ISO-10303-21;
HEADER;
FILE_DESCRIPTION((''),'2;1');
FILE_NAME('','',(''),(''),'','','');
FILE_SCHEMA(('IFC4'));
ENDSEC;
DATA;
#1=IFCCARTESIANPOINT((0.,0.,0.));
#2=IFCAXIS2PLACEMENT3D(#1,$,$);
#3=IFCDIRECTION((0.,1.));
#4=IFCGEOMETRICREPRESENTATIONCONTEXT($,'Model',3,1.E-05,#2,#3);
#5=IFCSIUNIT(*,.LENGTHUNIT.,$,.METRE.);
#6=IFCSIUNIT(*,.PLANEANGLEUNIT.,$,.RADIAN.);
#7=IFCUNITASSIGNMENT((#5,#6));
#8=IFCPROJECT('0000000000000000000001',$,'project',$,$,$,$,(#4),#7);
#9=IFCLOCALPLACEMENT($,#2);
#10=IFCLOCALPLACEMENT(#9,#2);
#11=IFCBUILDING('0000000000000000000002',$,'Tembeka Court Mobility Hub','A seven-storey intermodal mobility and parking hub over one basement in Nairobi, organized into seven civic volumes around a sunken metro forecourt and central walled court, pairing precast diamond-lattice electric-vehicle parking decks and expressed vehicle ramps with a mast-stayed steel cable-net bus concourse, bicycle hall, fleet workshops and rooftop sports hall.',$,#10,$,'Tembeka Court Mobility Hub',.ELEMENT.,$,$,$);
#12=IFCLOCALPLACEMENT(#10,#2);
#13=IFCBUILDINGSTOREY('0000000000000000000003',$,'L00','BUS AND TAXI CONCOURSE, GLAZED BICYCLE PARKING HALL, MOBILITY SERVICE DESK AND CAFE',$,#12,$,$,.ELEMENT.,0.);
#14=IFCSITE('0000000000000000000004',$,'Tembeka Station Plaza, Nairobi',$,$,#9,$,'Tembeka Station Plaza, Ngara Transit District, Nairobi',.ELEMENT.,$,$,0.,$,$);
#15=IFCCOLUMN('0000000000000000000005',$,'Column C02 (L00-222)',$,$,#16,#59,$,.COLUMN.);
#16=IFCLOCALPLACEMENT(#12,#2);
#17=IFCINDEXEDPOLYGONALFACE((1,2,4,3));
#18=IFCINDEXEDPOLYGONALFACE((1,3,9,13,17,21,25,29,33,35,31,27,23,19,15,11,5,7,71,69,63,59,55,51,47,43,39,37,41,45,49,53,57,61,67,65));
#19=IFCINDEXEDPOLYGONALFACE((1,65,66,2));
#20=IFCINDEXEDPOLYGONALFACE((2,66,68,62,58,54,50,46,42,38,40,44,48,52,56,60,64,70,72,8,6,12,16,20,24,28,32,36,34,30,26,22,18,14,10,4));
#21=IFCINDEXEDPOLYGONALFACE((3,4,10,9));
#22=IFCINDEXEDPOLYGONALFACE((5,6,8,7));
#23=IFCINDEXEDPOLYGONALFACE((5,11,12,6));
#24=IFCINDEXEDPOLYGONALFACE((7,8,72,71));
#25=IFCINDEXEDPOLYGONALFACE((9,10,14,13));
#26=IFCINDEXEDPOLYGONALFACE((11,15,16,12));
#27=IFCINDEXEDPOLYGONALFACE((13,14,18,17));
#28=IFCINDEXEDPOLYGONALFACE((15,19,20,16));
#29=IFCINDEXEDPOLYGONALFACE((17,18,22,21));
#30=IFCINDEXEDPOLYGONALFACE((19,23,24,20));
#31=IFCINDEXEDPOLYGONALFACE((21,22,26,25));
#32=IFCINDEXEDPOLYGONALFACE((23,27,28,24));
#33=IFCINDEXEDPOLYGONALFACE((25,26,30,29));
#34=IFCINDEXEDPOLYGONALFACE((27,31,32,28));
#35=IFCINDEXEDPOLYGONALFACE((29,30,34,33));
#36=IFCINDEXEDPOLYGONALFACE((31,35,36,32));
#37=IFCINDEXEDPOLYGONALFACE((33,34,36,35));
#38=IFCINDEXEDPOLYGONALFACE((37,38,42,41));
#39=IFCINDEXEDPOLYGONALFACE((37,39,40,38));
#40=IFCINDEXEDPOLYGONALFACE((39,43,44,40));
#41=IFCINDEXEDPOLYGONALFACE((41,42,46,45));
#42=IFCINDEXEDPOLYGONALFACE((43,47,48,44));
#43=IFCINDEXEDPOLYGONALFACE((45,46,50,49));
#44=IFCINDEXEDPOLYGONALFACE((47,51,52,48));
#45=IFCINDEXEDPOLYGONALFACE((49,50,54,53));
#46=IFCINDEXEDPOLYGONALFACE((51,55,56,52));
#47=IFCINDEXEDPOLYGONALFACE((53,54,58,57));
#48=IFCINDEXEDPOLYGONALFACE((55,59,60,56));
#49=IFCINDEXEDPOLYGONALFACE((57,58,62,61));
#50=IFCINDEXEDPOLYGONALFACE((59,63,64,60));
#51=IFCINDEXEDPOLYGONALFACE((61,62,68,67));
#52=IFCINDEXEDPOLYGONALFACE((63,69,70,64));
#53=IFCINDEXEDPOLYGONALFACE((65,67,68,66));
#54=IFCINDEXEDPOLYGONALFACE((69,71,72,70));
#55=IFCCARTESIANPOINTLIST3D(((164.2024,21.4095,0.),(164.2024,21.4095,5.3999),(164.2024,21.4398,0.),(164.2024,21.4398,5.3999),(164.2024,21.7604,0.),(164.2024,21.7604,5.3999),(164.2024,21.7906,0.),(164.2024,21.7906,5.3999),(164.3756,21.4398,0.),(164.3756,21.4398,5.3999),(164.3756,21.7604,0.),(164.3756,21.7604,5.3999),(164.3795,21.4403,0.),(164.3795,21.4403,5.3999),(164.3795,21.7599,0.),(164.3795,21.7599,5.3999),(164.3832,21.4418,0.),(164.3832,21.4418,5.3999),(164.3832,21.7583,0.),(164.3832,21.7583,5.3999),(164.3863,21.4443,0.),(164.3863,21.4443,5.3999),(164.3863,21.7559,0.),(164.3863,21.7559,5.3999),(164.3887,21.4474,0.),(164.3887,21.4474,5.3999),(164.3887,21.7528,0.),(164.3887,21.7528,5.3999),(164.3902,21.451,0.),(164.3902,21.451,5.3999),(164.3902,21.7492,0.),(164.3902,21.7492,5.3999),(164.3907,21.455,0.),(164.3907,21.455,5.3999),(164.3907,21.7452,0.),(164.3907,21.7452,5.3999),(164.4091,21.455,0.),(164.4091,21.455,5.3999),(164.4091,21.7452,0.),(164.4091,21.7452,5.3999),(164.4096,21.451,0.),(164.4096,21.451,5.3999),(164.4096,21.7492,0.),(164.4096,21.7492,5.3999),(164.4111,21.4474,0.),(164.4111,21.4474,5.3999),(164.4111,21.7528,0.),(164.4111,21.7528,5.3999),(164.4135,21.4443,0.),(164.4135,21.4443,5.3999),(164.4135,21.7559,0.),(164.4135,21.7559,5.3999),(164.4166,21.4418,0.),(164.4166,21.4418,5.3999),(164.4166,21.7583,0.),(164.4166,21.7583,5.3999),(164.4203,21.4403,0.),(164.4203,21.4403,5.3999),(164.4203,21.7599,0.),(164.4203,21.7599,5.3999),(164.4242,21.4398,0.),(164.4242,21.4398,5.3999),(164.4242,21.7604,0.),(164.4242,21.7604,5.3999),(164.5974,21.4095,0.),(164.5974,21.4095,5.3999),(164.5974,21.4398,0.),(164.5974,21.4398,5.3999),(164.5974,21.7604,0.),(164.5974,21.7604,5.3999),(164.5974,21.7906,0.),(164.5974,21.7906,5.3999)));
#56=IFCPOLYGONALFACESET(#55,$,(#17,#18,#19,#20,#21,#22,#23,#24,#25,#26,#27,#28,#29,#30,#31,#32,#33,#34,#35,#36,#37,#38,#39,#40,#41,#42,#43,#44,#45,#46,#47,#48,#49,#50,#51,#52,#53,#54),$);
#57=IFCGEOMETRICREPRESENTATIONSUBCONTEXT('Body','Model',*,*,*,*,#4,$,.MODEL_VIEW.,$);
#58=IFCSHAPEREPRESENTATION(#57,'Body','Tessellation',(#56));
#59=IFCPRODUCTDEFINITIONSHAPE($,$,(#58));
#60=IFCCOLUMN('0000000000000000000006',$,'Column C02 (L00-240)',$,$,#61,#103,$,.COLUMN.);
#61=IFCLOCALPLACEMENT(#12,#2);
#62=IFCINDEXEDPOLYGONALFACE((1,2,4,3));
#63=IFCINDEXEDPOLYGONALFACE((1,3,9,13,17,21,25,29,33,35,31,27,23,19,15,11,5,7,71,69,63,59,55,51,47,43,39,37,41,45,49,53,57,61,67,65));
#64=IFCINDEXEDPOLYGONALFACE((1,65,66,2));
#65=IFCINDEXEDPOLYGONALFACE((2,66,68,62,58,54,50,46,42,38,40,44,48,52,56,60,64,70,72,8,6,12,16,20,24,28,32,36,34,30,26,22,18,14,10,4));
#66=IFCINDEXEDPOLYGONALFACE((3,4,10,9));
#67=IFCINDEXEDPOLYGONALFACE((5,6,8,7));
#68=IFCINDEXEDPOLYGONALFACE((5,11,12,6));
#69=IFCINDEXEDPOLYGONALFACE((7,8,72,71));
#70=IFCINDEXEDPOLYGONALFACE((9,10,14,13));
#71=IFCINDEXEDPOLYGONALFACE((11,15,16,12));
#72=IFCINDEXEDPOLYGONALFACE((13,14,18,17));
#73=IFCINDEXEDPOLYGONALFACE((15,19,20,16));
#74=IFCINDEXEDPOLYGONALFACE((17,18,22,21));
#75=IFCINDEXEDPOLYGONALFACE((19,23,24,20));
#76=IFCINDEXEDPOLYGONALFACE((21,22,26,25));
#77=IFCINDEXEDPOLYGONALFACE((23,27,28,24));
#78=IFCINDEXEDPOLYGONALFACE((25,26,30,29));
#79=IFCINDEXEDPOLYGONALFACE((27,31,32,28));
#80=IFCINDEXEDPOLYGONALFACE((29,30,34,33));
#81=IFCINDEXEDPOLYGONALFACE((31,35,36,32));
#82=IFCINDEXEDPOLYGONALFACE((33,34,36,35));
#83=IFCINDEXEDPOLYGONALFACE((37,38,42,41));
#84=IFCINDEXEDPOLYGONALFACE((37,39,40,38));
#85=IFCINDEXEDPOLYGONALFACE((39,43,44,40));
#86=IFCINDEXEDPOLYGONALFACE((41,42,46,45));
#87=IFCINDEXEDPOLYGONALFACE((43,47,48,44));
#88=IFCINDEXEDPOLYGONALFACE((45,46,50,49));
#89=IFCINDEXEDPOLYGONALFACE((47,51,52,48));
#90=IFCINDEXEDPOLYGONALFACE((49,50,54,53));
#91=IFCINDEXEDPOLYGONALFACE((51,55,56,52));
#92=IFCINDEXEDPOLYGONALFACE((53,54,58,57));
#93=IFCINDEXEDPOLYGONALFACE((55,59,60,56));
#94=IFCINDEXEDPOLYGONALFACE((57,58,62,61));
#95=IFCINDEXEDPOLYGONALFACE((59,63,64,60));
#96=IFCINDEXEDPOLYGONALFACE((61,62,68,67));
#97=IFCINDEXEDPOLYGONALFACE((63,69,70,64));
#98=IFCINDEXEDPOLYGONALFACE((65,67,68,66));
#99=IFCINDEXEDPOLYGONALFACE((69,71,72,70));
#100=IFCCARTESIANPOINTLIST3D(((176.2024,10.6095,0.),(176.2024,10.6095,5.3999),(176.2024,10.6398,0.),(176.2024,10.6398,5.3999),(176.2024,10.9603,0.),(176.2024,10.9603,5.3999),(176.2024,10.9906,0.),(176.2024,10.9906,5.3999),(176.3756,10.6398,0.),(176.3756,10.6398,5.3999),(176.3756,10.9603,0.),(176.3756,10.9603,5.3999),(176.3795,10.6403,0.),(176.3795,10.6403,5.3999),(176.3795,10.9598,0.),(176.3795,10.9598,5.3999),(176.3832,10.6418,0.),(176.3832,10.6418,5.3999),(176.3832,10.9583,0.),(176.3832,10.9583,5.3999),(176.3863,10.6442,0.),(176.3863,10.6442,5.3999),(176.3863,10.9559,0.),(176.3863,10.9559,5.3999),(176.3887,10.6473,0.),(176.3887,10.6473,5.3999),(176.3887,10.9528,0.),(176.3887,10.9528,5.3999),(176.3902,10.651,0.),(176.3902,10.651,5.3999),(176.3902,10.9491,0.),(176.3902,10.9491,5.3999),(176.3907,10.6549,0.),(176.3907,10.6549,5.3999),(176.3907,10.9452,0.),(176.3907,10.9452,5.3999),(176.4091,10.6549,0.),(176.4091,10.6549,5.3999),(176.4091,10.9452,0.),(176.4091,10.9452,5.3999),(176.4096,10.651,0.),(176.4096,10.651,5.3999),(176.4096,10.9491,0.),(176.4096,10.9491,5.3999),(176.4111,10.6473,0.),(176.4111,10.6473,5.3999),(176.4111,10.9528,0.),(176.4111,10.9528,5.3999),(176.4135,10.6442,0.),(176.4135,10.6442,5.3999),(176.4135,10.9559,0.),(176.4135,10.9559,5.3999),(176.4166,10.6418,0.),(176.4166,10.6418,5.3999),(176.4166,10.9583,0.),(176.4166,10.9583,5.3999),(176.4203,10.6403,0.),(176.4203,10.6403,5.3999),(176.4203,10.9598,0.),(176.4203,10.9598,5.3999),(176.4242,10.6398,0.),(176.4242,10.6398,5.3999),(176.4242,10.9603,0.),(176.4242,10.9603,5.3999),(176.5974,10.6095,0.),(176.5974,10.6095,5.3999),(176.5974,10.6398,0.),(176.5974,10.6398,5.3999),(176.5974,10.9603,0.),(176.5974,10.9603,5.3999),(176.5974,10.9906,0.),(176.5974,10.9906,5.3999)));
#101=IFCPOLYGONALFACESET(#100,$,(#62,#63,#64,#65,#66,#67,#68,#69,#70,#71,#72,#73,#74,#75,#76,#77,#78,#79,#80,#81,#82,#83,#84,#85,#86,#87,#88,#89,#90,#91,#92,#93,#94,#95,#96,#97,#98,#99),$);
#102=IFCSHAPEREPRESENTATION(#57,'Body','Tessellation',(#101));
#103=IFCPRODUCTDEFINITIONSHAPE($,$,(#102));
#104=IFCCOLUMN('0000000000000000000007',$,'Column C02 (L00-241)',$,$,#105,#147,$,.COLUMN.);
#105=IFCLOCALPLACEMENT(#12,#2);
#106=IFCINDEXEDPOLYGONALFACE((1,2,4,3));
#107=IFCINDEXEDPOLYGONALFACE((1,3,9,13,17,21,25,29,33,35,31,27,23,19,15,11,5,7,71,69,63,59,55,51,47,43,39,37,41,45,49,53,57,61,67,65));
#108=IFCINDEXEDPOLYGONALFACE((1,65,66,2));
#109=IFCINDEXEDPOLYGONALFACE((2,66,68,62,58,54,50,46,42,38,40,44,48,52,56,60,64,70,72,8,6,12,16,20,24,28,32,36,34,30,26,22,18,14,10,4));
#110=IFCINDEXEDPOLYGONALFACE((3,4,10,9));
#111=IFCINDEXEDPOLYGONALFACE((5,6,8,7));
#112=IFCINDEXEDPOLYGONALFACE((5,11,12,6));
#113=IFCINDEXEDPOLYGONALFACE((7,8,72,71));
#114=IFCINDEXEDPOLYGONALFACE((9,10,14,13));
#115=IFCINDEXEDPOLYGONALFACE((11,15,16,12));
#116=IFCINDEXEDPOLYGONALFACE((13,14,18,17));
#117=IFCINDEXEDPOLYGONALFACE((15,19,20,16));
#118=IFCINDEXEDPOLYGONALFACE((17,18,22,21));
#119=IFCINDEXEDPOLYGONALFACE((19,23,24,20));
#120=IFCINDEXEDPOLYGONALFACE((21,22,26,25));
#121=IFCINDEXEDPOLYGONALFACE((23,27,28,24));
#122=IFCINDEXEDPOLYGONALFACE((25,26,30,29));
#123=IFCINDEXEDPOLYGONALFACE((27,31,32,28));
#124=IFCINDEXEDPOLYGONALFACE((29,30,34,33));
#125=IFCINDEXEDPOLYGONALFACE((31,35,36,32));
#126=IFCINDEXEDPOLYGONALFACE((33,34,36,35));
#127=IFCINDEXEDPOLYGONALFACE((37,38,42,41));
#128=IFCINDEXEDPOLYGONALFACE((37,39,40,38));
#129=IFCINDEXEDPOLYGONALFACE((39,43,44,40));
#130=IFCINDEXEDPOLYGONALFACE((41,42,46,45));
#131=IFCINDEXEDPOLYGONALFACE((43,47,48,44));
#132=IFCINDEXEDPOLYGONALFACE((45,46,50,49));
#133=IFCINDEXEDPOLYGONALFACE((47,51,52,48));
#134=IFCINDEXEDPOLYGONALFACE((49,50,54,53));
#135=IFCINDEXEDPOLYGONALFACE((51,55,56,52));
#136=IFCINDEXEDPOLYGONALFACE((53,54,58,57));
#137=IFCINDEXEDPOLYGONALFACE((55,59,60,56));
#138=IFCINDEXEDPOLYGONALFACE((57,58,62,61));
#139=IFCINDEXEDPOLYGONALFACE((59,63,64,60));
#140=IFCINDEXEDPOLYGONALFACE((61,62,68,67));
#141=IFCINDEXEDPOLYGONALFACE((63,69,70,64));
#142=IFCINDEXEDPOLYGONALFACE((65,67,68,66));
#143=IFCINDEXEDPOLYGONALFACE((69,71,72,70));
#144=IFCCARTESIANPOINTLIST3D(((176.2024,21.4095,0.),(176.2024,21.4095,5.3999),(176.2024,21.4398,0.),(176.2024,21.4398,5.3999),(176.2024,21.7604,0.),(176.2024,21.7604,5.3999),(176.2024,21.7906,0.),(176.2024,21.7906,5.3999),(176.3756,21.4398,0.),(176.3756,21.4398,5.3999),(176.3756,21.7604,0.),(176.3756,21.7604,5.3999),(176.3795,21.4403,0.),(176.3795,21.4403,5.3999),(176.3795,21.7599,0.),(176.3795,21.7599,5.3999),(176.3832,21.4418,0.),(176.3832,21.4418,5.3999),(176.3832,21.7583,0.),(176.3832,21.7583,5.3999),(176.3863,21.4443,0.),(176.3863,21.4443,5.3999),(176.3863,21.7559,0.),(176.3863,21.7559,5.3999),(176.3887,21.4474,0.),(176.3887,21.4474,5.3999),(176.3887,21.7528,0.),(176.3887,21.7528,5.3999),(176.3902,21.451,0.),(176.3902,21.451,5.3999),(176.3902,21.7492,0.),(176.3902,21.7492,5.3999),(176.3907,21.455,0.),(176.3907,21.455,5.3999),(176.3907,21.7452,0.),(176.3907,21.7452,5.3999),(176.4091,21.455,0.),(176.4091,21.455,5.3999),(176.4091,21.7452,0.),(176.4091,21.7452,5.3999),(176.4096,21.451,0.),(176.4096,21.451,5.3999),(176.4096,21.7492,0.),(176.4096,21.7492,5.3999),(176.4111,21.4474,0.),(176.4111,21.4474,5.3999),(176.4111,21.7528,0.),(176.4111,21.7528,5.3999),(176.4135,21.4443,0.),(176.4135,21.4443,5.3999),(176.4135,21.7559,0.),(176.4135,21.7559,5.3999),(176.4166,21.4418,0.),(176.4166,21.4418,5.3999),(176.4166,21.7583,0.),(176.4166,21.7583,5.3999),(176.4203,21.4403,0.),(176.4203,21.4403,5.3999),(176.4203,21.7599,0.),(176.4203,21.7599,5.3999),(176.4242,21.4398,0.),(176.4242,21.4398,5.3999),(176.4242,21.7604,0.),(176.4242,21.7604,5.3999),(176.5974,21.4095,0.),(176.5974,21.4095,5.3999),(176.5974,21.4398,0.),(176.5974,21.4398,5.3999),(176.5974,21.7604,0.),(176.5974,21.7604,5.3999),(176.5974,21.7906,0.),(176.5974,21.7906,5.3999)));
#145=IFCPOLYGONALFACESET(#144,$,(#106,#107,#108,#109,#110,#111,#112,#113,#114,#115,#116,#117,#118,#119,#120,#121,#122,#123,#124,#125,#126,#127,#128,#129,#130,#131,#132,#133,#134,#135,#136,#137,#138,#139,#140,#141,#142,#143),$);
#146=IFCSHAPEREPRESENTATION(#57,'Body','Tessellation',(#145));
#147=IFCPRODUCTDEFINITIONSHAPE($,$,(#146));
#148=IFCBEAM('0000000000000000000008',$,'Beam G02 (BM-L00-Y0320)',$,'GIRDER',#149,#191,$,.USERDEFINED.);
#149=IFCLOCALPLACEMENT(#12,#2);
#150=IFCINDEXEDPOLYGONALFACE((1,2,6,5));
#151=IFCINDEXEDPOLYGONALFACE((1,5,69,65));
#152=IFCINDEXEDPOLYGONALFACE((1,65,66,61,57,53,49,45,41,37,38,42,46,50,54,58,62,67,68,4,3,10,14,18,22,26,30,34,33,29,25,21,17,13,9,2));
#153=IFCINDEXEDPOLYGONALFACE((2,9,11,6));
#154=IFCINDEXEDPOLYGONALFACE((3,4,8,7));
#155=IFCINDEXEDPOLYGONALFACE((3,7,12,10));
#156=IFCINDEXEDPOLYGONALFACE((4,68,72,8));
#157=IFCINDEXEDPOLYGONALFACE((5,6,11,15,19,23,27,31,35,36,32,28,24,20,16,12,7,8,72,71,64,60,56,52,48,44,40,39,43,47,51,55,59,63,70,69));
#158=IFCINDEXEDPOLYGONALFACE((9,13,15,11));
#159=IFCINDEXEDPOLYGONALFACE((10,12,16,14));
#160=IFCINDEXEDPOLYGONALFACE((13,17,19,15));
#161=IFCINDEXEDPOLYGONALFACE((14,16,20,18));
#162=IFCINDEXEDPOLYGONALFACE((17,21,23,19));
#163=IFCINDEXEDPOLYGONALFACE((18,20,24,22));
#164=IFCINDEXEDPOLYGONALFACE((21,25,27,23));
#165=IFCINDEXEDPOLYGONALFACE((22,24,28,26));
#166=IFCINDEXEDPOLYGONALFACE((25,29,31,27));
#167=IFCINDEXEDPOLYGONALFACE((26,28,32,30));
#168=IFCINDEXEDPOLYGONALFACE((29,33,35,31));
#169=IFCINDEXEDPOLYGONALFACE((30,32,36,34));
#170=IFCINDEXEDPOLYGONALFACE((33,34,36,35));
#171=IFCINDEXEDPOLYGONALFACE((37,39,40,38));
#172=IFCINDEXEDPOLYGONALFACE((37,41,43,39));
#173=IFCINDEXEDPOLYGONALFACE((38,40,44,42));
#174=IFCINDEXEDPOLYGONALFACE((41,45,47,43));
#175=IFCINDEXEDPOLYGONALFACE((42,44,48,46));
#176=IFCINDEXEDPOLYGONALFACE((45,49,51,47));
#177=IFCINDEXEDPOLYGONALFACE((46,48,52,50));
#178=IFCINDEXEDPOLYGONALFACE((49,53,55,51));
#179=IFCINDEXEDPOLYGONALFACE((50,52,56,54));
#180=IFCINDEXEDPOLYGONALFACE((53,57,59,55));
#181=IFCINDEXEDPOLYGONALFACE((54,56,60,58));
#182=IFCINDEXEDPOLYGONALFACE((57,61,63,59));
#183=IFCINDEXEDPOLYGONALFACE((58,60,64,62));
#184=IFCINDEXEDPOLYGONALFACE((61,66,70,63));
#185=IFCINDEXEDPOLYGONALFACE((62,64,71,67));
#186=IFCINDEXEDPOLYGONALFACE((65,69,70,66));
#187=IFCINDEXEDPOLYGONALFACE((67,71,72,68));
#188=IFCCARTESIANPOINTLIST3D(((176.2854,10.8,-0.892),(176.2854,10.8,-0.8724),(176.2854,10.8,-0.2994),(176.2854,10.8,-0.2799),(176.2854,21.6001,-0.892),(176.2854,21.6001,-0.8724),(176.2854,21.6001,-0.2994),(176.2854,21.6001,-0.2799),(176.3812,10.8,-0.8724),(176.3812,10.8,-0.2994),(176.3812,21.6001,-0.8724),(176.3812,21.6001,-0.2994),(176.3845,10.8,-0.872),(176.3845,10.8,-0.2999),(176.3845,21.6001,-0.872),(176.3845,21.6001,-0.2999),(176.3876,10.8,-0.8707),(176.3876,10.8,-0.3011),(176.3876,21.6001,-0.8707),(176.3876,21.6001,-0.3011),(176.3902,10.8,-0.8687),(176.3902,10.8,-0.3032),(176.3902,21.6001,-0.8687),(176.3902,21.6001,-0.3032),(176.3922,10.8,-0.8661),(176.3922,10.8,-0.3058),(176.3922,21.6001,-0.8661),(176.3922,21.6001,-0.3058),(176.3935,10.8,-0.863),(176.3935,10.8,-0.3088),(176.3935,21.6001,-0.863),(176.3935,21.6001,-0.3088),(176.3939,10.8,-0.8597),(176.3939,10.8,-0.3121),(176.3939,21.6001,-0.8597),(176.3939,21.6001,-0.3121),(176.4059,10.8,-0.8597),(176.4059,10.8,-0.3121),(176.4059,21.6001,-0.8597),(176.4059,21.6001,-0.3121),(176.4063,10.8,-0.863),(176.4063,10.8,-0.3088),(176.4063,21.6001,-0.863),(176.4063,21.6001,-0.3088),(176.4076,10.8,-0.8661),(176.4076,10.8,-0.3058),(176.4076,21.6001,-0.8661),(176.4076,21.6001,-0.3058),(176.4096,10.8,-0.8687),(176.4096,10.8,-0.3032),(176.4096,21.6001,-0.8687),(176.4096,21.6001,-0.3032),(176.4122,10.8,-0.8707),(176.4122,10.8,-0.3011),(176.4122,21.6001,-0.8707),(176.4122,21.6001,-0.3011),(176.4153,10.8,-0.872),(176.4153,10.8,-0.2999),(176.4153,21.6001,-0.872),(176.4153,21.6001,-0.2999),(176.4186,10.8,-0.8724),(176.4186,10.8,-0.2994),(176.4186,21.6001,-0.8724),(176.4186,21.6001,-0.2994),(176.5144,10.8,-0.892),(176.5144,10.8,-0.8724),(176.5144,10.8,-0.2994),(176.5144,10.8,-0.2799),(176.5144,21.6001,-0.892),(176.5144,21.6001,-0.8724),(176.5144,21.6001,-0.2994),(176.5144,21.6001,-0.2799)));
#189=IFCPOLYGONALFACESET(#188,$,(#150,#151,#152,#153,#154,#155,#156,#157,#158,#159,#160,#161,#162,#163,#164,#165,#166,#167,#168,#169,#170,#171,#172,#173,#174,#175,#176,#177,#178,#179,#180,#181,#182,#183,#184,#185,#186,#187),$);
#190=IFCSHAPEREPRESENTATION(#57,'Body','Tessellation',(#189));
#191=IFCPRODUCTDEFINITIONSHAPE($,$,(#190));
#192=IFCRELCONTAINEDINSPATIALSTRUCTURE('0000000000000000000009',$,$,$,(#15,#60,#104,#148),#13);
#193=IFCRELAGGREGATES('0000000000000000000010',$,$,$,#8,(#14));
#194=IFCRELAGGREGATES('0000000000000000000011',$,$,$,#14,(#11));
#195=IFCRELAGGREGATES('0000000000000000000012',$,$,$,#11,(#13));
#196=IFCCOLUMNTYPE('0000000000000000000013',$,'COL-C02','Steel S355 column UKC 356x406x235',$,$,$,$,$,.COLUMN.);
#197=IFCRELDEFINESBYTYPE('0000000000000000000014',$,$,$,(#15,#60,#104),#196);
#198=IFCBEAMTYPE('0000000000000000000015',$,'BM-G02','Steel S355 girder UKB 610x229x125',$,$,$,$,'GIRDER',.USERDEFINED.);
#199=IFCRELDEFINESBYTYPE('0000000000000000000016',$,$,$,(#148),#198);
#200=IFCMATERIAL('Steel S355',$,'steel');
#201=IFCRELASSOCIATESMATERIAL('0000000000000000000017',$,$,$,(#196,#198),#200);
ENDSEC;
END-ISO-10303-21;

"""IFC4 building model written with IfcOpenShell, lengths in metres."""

from ifc_helpers import new_model, si_unit, direction, frame, origin, origin_2d, place, context, subcontext, project, spatial, i_section, extrude, material, material_profile, profile_set, type_object, element, save


model = new_model("IFC4")

# Units and contexts
model_context = context("Model", 3, precision=1e-05, world=origin(), true_north=direction((0.0, 1.0)))
body_context = subcontext(model_context, "Body", "Model", "MODEL_VIEW")
ifc_project = project(units=[si_unit("LENGTHUNIT", "METRE"), si_unit("PLANEANGLEUNIT", "RADIAN")], contexts=[model_context])

# Site, building, storey
site_placement = place(None, origin())
site = spatial("IfcSite", under=ifc_project, at=site_placement, Name="Tembeka Station Plaza, Nairobi", LongName="Tembeka Station Plaza, Ngara Transit District, Nairobi", CompositionType="ELEMENT", RefElevation=0.0)
building_placement = place(site_placement, origin())
building = spatial("IfcBuilding", under=site, at=building_placement, Name="Tembeka Court Mobility Hub", Description="A seven-storey intermodal mobility and parking hub over one basement in Nairobi, organized into seven civic volumes around a sunken metro forecourt and central walled court, pairing precast diamond-lattice electric-vehicle parking decks and expressed vehicle ramps with a mast-stayed steel cable-net bus concourse, bicycle hall, fleet workshops and rooftop sports hall.", LongName="Tembeka Court Mobility Hub", CompositionType="ELEMENT")
storey_placement = place(building_placement, origin())
storey = spatial("IfcBuildingStorey", under=building, at=storey_placement, Name="L00", Description="BUS AND TAXI CONCOURSE, GLAZED BICYCLE PARKING HALL, MOBILITY SERVICE DESK AND CAFE", CompositionType="ELEMENT", Elevation=0.0)

# Columns
ifc_material_1 = material(Name="Steel S355", Category="steel")
ifc_material_profile_1 = material_profile(ifc_material_1, i_section(OverallWidth=0.395, OverallDepth=0.3811, WebThickness=0.0183, FlangeThickness=0.0303, FilletRadius=0.0151, at=origin_2d()), Name="UKC 356x406x235")
ifc_profile_set_1 = profile_set([ifc_material_profile_1], Name="Steel S355")
column_type = type_object("IfcColumnType", Name="COL-C02", Description="Steel S355 column UKC 356x406x235", PredefinedType="COLUMN", material=ifc_profile_set_1)
for number, where, z_axis, x_axis, name in (
    (1, (164.3999, 21.6001, 0.0), (0.0, 0.0, 1.0), (1.0, 0.0, 0.0), "Column C02 (L00-222)"),
    (2, (176.3999, 10.8, 0.0), (0.0, 0.0, 1.0), (1.0, 0.0, 0.0), "Column C02 (L00-240)"),
    (3, (176.3999, 21.6001, 0.0), (0.0, 0.0, 1.0), (1.0, 0.0, 0.0), "Column C02 (L00-241)"),
):
    element("IfcColumn", number, at=place(storey_placement, frame(where, z_axis=z_axis, x_axis=x_axis)), inside=storey, type_object=column_type, Name=name, PredefinedType="COLUMN", context=body_context, shape_type="SweptSolid", body=[
        extrude(i_section(OverallWidth=0.395, OverallDepth=0.3811, WebThickness=0.0183, FlangeThickness=0.0303, FilletRadius=0.0151, at=origin_2d()), origin(), (0.0, 0.0, 1.0), 5.3999),
    ])

# Beam
ifc_material_profile_2 = material_profile(ifc_material_1, i_section(OverallWidth=0.229, OverallDepth=0.6121, WebThickness=0.012, FlangeThickness=0.0195, FilletRadius=0.0127, at=origin_2d()), Name="UKB 610x229x125")
ifc_profile_set_2 = profile_set([ifc_material_profile_2], Name="Steel S355")
beam_type_1 = type_object("IfcBeamType", Name="BM-G02", Description="Steel S355 girder UKB 610x229x125", ElementType="GIRDER", PredefinedType="USERDEFINED", material=ifc_profile_set_2)
beam_1_placement = place(storey_placement, frame((176.3999, 10.8, -0.5859), z_axis=(0.0, 1.0, 0.0), x_axis=(-1.0, 0.0, 0.0)))
element("IfcBeam", 4, at=beam_1_placement, inside=storey, type_object=beam_type_1, Name="Beam G02 (BM-L00-Y0320)", ObjectType="GIRDER", PredefinedType="USERDEFINED", context=body_context, shape_type="SweptSolid", body=[
    extrude(i_section(OverallWidth=0.229, OverallDepth=0.6121, WebThickness=0.012, FlangeThickness=0.0195, FilletRadius=0.0127, at=origin_2d()), origin(), (0.0, 0.0, 1.0), 10.8),
])

save(model, "model.ifc")
